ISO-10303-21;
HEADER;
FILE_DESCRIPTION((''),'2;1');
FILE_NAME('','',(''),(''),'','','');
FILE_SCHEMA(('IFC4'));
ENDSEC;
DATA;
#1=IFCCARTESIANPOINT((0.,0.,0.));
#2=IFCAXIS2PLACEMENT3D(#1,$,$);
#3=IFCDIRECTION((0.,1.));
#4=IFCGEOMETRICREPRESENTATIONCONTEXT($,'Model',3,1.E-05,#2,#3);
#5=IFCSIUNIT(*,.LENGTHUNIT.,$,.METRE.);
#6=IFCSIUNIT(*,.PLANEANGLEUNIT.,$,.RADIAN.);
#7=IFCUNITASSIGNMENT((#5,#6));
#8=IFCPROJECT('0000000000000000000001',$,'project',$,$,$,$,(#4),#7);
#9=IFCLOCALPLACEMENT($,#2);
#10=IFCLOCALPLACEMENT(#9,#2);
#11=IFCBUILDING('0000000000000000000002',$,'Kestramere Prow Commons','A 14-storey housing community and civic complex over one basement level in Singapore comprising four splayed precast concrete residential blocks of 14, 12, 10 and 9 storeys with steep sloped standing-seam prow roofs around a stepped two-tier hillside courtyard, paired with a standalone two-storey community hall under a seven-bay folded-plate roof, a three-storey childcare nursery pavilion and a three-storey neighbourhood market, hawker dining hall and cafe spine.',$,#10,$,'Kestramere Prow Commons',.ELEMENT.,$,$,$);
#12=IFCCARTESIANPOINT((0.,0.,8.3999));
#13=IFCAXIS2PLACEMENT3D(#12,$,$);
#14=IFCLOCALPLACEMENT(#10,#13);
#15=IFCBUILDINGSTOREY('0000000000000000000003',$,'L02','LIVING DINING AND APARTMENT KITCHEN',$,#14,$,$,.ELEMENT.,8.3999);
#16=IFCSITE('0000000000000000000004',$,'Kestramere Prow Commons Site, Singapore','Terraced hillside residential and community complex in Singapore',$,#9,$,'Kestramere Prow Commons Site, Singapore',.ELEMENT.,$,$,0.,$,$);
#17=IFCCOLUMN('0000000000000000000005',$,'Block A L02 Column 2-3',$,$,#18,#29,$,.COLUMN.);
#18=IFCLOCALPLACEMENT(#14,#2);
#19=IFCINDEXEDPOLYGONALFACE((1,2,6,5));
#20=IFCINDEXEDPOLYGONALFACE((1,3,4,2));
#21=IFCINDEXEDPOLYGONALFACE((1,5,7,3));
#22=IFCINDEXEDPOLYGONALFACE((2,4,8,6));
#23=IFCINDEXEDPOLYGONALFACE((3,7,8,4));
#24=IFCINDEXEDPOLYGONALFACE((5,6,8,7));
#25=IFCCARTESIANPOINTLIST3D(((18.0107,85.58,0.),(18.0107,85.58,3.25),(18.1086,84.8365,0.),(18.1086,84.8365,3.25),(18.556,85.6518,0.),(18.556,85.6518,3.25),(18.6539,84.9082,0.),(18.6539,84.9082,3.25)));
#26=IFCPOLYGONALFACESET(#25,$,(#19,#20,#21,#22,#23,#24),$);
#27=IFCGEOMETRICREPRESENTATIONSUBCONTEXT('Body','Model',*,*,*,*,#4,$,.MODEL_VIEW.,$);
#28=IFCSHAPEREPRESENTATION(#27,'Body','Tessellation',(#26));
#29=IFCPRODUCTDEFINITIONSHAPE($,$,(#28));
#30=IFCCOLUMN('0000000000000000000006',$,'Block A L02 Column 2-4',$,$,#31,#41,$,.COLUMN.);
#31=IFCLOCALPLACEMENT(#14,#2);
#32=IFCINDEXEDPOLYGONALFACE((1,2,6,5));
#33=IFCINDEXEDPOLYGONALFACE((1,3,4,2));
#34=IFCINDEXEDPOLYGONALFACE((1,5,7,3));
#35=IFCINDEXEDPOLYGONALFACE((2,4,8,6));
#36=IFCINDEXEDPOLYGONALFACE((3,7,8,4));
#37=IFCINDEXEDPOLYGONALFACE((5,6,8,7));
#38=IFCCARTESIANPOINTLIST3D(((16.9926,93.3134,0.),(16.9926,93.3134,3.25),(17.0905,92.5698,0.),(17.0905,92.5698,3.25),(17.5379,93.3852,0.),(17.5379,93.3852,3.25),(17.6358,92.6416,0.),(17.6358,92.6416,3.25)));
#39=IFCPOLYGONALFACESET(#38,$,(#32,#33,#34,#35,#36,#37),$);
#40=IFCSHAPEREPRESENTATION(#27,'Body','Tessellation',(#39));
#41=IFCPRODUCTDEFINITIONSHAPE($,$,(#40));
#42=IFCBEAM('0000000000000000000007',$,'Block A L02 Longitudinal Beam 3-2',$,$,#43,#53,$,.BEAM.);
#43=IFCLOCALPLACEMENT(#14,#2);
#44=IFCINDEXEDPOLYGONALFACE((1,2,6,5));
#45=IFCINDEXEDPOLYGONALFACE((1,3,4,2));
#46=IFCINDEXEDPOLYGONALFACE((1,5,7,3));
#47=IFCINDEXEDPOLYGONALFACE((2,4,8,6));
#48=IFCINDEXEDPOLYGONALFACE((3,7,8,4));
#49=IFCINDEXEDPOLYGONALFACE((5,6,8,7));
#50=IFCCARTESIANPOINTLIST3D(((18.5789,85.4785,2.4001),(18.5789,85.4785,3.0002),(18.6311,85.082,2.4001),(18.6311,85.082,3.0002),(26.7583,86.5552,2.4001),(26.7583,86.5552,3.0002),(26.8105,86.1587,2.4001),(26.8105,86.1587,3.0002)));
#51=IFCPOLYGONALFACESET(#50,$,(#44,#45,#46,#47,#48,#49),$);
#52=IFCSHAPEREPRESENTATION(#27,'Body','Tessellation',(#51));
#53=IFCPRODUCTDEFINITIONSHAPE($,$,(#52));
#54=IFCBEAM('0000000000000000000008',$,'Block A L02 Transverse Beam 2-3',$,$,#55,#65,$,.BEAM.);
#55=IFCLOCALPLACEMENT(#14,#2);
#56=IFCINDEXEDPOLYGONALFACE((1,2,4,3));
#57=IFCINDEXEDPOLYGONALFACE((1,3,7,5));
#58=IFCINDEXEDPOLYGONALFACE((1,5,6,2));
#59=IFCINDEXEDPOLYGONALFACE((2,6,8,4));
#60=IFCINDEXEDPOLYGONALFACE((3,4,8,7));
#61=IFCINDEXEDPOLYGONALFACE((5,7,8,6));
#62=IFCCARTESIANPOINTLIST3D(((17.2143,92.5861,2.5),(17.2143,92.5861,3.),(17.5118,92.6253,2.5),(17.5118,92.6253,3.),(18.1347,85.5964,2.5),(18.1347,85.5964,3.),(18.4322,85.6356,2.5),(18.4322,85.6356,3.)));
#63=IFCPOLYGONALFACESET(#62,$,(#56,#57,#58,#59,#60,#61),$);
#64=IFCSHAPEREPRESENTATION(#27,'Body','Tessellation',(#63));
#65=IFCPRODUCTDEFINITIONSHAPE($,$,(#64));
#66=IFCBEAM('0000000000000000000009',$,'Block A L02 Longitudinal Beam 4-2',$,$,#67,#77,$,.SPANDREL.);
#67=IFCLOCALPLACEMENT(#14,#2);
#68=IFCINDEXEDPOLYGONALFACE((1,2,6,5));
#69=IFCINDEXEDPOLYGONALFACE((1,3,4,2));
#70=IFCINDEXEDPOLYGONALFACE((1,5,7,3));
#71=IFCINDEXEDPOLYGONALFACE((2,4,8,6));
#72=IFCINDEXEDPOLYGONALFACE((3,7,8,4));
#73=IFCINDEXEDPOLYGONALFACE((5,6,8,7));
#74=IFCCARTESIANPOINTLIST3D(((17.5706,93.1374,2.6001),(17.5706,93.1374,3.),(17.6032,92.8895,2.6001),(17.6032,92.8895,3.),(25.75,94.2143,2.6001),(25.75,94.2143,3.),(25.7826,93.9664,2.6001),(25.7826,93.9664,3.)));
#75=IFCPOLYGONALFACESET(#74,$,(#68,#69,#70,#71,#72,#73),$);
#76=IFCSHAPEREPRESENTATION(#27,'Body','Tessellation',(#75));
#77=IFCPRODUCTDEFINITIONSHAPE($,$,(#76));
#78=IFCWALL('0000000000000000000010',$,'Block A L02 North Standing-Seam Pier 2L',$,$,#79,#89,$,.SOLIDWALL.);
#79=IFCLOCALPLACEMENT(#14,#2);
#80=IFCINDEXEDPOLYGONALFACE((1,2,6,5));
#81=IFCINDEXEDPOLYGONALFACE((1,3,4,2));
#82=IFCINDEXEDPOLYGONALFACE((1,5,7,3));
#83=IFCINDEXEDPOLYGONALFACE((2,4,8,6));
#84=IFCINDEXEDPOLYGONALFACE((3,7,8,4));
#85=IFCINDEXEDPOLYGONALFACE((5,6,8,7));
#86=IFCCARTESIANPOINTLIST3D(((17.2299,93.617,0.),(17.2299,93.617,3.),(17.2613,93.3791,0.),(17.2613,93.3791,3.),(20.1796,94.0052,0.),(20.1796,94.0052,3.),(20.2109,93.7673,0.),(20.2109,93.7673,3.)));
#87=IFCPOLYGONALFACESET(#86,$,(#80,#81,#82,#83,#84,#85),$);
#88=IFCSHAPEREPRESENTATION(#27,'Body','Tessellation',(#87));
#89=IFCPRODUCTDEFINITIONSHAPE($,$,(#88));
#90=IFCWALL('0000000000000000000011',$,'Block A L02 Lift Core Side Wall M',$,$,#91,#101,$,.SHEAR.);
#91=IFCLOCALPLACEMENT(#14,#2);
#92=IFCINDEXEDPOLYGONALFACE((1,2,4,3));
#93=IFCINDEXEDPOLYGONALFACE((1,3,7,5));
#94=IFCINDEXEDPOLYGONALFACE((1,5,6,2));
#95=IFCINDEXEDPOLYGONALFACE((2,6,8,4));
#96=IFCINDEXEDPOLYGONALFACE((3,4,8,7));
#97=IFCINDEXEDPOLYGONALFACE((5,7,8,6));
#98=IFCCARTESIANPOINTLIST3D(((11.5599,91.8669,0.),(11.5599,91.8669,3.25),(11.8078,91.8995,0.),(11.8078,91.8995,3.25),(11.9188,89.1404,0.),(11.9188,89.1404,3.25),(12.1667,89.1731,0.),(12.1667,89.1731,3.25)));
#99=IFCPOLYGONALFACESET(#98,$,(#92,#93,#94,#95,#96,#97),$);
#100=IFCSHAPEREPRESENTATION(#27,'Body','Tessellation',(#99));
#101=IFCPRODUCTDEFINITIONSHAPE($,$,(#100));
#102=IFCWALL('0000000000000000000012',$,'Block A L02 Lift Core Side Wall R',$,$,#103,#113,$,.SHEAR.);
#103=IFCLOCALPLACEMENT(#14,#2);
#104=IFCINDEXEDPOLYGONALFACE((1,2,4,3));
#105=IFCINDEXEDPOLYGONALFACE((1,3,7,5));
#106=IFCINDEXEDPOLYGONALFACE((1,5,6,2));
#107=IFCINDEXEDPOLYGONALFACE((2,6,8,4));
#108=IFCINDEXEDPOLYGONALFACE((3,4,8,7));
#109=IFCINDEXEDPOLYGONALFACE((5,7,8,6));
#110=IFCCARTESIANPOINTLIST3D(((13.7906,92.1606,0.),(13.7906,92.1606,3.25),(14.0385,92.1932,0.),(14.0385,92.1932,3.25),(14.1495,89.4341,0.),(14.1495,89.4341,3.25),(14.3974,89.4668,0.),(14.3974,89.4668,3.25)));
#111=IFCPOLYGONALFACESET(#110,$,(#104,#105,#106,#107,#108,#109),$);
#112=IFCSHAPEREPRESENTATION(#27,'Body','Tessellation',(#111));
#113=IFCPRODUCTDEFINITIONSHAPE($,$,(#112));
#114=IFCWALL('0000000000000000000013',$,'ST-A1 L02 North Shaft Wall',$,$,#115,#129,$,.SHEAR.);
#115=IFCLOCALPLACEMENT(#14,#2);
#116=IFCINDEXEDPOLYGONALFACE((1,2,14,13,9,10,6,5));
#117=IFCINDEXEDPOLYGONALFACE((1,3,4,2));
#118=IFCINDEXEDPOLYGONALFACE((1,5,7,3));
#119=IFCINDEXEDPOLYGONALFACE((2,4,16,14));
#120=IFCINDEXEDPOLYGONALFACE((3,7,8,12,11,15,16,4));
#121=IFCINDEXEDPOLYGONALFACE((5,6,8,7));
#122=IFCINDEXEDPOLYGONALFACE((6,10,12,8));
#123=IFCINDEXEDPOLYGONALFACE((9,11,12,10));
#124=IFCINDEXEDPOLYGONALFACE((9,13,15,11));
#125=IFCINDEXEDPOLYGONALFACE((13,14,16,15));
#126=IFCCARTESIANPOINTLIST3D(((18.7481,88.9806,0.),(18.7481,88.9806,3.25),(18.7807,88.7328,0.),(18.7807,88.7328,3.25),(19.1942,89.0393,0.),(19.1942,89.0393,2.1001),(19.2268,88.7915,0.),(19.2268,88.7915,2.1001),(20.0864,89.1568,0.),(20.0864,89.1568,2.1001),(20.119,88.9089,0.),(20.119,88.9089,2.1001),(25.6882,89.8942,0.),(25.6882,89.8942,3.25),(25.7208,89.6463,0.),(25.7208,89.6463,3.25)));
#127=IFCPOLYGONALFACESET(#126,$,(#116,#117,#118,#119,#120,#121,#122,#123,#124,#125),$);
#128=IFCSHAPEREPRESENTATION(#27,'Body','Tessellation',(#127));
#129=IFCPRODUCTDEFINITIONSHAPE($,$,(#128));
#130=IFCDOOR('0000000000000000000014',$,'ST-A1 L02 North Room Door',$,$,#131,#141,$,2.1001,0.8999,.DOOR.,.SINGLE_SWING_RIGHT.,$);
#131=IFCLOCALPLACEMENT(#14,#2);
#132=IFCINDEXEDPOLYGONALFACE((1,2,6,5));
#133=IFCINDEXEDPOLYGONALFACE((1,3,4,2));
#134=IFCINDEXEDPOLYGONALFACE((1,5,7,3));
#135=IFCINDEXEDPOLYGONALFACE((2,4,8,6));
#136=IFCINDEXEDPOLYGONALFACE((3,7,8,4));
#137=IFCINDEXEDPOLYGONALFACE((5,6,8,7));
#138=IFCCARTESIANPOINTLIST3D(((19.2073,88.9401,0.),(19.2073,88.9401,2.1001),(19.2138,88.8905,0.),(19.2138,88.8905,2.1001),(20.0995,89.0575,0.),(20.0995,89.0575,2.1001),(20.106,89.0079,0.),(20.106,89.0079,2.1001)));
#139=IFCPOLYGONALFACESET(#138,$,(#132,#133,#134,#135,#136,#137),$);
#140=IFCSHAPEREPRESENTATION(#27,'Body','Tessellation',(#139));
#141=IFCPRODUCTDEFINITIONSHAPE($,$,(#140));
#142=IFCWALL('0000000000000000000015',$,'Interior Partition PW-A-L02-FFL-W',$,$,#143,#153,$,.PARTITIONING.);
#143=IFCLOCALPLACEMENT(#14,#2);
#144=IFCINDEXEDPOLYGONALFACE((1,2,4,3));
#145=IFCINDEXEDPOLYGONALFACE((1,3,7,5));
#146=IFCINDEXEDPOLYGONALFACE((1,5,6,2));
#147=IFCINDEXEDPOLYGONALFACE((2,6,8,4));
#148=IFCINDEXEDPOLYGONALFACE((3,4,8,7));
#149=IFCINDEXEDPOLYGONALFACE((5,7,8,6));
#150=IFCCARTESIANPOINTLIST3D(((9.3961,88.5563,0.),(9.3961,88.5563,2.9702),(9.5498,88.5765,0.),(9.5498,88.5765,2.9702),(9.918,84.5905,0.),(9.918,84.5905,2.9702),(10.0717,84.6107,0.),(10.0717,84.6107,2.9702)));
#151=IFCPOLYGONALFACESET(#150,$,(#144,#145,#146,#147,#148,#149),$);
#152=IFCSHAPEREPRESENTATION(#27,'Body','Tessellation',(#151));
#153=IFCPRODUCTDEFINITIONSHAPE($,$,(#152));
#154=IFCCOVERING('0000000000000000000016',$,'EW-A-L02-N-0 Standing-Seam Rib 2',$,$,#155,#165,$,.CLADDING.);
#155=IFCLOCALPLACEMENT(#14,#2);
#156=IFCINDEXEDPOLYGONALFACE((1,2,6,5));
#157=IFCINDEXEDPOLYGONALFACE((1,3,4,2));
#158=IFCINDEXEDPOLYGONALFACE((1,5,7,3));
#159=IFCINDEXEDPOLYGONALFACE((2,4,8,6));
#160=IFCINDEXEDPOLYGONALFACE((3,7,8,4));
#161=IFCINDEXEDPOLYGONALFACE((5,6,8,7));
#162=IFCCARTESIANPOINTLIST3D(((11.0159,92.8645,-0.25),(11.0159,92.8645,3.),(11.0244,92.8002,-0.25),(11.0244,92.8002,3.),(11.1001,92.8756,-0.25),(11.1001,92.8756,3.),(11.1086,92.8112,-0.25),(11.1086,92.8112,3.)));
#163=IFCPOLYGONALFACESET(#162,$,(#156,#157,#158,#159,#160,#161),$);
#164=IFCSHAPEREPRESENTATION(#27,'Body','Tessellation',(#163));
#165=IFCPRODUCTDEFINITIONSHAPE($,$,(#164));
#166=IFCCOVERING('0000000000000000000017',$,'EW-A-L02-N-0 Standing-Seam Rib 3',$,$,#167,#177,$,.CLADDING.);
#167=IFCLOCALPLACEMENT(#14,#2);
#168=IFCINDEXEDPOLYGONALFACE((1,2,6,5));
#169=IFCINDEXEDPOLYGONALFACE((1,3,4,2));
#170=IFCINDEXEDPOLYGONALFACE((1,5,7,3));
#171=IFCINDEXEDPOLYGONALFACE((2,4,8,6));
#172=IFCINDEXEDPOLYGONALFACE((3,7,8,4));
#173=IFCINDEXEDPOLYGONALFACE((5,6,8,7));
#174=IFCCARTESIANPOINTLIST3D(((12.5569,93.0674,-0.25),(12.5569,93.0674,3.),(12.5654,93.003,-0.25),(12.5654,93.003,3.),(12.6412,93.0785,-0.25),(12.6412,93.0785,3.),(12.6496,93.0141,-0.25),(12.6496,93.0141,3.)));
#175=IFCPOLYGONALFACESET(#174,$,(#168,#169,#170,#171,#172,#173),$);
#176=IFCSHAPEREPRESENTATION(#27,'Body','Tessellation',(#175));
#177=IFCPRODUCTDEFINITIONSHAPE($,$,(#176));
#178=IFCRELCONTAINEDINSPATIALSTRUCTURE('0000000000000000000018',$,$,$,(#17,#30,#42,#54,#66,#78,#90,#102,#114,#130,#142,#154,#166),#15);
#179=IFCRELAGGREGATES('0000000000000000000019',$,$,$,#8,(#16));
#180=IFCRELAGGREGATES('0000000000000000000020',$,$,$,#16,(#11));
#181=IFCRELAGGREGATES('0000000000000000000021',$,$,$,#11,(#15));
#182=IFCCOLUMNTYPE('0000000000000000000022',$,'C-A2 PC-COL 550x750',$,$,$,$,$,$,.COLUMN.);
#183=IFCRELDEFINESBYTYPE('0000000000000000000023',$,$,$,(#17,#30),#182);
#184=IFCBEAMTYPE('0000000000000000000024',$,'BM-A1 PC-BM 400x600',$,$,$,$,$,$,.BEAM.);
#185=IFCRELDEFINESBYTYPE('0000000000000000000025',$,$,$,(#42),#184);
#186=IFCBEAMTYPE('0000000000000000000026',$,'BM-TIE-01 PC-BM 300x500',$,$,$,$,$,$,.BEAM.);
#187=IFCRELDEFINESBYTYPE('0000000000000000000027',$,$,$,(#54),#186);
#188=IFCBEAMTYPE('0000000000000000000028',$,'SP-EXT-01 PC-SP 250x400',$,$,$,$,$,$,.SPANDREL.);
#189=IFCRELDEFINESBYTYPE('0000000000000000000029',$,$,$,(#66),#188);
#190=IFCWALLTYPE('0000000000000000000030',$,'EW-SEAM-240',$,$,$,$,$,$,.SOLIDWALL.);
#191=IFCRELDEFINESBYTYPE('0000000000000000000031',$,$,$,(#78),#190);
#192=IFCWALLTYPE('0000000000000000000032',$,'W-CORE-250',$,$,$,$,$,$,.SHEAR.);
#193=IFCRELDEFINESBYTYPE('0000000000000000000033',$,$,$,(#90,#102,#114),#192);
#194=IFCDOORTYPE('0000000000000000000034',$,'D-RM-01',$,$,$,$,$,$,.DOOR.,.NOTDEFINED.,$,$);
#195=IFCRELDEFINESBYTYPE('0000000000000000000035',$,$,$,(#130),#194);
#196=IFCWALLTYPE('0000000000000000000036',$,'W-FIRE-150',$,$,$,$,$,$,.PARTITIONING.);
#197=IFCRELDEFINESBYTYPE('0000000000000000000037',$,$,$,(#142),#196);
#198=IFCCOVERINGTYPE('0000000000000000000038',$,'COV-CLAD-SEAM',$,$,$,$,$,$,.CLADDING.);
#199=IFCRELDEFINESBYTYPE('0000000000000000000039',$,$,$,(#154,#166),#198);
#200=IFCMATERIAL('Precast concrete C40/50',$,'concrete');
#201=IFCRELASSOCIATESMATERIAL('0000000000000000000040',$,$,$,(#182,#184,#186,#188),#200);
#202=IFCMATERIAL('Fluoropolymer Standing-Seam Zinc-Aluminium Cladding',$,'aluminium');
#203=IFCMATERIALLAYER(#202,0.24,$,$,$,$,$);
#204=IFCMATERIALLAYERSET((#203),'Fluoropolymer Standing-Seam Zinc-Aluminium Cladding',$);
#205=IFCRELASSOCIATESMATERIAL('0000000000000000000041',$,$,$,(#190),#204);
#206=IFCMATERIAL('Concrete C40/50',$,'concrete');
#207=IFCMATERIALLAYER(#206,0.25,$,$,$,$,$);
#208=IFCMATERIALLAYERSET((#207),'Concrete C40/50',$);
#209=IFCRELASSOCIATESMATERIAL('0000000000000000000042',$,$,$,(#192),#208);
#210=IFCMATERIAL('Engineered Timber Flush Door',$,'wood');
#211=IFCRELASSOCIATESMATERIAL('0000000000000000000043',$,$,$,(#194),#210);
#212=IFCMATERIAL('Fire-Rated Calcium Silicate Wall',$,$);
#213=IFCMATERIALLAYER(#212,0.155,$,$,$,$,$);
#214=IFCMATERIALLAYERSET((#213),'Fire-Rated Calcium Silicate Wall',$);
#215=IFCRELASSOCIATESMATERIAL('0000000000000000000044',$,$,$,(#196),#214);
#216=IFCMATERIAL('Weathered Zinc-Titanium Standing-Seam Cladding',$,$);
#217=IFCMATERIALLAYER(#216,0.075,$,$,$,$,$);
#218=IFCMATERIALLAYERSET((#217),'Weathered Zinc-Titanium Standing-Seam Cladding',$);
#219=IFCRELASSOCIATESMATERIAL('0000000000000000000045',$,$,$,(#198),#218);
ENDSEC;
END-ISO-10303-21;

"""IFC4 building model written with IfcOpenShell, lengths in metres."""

from ifc_helpers import new_model, si_unit, direction, frame, frame_2d, origin, origin_2d, place, context, subcontext, project, spatial, rectangle, extrude, material, layer, layer_set, material_profile, profile_set, type_object, element, fill, save


model = new_model("IFC4")

# Units and contexts
model_context = context("Model", 3, precision=1e-05, world=origin(), true_north=direction((0.0, 1.0)))
body_context = subcontext(model_context, "Body", "Model", "MODEL_VIEW")
ifc_project = project(units=[si_unit("LENGTHUNIT", "METRE"), si_unit("PLANEANGLEUNIT", "RADIAN")], contexts=[model_context])

# Site, building, storey
site_placement = place(None, origin())
site = spatial("IfcSite", under=ifc_project, at=site_placement, Name="Kestramere Prow Commons Site, Singapore", Description="Terraced hillside residential and community complex in Singapore", LongName="Kestramere Prow Commons Site, Singapore", CompositionType="ELEMENT", RefElevation=0.0)
building_placement = place(site_placement, origin())
building = spatial("IfcBuilding", under=site, at=building_placement, Name="Kestramere Prow Commons", Description="A 14-storey housing community and civic complex over one basement level in Singapore comprising four splayed precast concrete residential blocks of 14, 12, 10 and 9 storeys with steep sloped standing-seam prow roofs around a stepped two-tier hillside courtyard, paired with a standalone two-storey community hall under a seven-bay folded-plate roof, a three-storey childcare nursery pavilion and a three-storey neighbourhood market, hawker dining hall and cafe spine.", LongName="Kestramere Prow Commons", CompositionType="ELEMENT")
storey_placement = place(building_placement, frame((0.0, 0.0, 8.3999)))
storey = spatial("IfcBuildingStorey", under=building, at=storey_placement, Name="L02", Description="LIVING DINING AND APARTMENT KITCHEN", CompositionType="ELEMENT", Elevation=8.3999)

# Columns
ifc_material_1 = material(Name="Precast concrete C40/50", Category="concrete")
ifc_material_profile_1 = material_profile(ifc_material_1, rectangle(XDim=0.55, YDim=0.75, at=origin_2d()), Name="PC-COL 550x750")
ifc_profile_set_1 = profile_set([ifc_material_profile_1], Name="Precast concrete C40/50")
column_type = type_object("IfcColumnType", Name="C-A2 PC-COL 550x750", PredefinedType="COLUMN", material=ifc_profile_set_1)
for number, where, z_axis, x_axis, name in (
    (1, (18.3323, 85.2441, 0.0), (0.0, 0.0, 1.0), (0.991445, 0.130526, 0.0), "Block A L02 Column 2-3"),
    (2, (17.3142, 92.9775, 0.0), (0.0, 0.0, 1.0), (0.991445, 0.130526, 0.0), "Block A L02 Column 2-4"),
):
    element("IfcColumn", number, at=place(storey_placement, frame(where, z_axis=z_axis, x_axis=x_axis)), inside=storey, type_object=column_type, Name=name, PredefinedType="COLUMN", context=body_context, shape_type="SweptSolid", body=[
        extrude(rectangle(XDim=0.55, YDim=0.75, at=origin_2d()), origin(), (0.0, 0.0, 1.0), 3.25),
    ])

# Beams
ifc_material_profile_2 = material_profile(ifc_material_1, rectangle(XDim=0.3999, YDim=0.6001, at=origin_2d()), Name="PC-BM 400x600")
ifc_profile_set_2 = profile_set([ifc_material_profile_2], Name="Precast concrete C40/50")
beam_type_1 = type_object("IfcBeamType", Name="BM-A1 PC-BM 400x600", PredefinedType="BEAM", material=ifc_profile_set_2)
beam_1_placement = place(storey_placement, frame((18.605, 85.2803, 2.7002), z_axis=(0.991448, 0.130504, 0.0), x_axis=(-0.130504, 0.991448, 0.0)))
element("IfcBeam", 3, at=beam_1_placement, inside=storey, type_object=beam_type_1, Name="Block A L02 Longitudinal Beam 3-2", PredefinedType="BEAM", context=body_context, shape_type="SweptSolid", body=[
    extrude(rectangle(XDim=0.3999, YDim=0.6001, at=origin_2d()), origin(), (0.0, 0.0, 1.0), 8.25),
])
ifc_material_profile_3 = material_profile(ifc_material_1, rectangle(XDim=0.3, YDim=0.5, at=origin_2d()), Name="PC-BM 300x500")
ifc_profile_set_3 = profile_set([ifc_material_profile_3], Name="Precast concrete C40/50")
beam_type_2 = type_object("IfcBeamType", Name="BM-TIE-01 PC-BM 300x500", PredefinedType="BEAM", material=ifc_profile_set_3)
beam_2_placement = place(storey_placement, frame((18.2834, 85.616, 2.75), z_axis=(-0.130553, 0.991441, 0.0), x_axis=(-0.991441, -0.130553, 0.0)))
element("IfcBeam", 4, at=beam_2_placement, inside=storey, type_object=beam_type_2, Name="Block A L02 Transverse Beam 2-3", PredefinedType="BEAM", context=body_context, shape_type="SweptSolid", body=[
    extrude(rectangle(XDim=0.3, YDim=0.5, at=origin_2d()), origin(), (0.0, 0.0, 1.0), 7.05),
])
ifc_material_profile_4 = material_profile(ifc_material_1, rectangle(XDim=0.25, YDim=0.3999, at=origin_2d()), Name="PC-SP 250x400")
ifc_profile_set_4 = profile_set([ifc_material_profile_4], Name="Precast concrete C40/50")
beam_type_3 = type_object("IfcBeamType", Name="SP-EXT-01 PC-SP 250x400", PredefinedType="SPANDREL", material=ifc_profile_set_4)
beam_3_placement = place(storey_placement, frame((17.5869, 93.0134, 2.8), z_axis=(0.991444, 0.130533, 0.0), x_axis=(-0.130533, 0.991444, 0.0)))
element("IfcBeam", 5, at=beam_3_placement, inside=storey, type_object=beam_type_3, Name="Block A L02 Longitudinal Beam 4-2", PredefinedType="SPANDREL", context=body_context, shape_type="SweptSolid", body=[
    extrude(rectangle(XDim=0.25, YDim=0.3999, at=origin_2d()), origin(), (0.0, 0.0, 1.0), 8.25),
])

# Wall
ifc_material_2 = material(Name="Fluoropolymer Standing-Seam Zinc-Aluminium Cladding", Category="aluminium")
ifc_layer_1 = layer(ifc_material_2, 0.24)
ifc_layer_set_1 = layer_set([ifc_layer_1], Name="Fluoropolymer Standing-Seam Zinc-Aluminium Cladding")
wall_type_1 = type_object("IfcWallType", Name="EW-SEAM-240", PredefinedType="SOLIDWALL", material=ifc_layer_set_1)
wall_1_placement = place(storey_placement, frame((17.2456, 93.498, 0.0), z_axis=(0.0, 0.0, 1.0), x_axis=(0.991452, 0.130476, 0.0)))
element("IfcWall", 6, at=wall_1_placement, inside=storey, type_object=wall_type_1, Name="Block A L02 North Standing-Seam Pier 2L", PredefinedType="SOLIDWALL", context=body_context, shape_type="SweptSolid", body=[
    extrude(rectangle(XDim=2.9751, YDim=0.24, at=frame_2d((1.4875, 0.0))), origin(), (0.0, 0.0, 1.0), 3.0),
])

# Shared definitions
ifc_material_3 = material(Name="Concrete C40/50", Category="concrete")
ifc_layer_2 = layer(ifc_material_3, 0.25)
ifc_layer_set_2 = layer_set([ifc_layer_2], Name="Concrete C40/50")
wall_type_2 = type_object("IfcWallType", Name="W-CORE-250", PredefinedType="SHEAR", material=ifc_layer_set_2)

# Walls
for number, where, z_axis, x_axis, name in (
    (7, (12.0427, 89.1567, 0.0), (0.0, 0.0, 1.0), (-0.1305, 0.991448, 0.0), "Block A L02 Lift Core Side Wall M"),
    (8, (14.2734, 89.4504, 0.0), (0.0, 0.0, 1.0), (-0.1305, 0.991448, 0.0), "Block A L02 Lift Core Side Wall R"),
):
    element("IfcWall", number, at=place(storey_placement, frame(where, z_axis=z_axis, x_axis=x_axis)), inside=storey, type_object=wall_type_2, Name=name, PredefinedType="SHEAR", context=body_context, shape_type="SweptSolid", body=[
        extrude(rectangle(XDim=2.75, YDim=0.25, at=frame_2d((1.375, 0.0))), origin(), (0.0, 0.0, 1.0), 3.25),
    ])

# Wall, opening, door
wall_2_placement = place(storey_placement, frame((18.7644, 88.8567, 0.0), z_axis=(0.0, 0.0, 1.0), x_axis=(0.991447, 0.13051, 0.0)))
wall_2 = element("IfcWall", 9, at=wall_2_placement, inside=storey, type_object=wall_type_2, Name="ST-A1 L02 North Shaft Wall", PredefinedType="SHEAR", context=body_context, shape_type="SweptSolid", body=[
    extrude(rectangle(XDim=7.0, YDim=0.25, at=frame_2d((3.5, 0.0))), origin(), (0.0, 0.0, 1.0), 3.25),
])
opening_1_placement = place(wall_2_placement, frame((0.45, 0.0, 0.0)))
opening_1 = element("IfcOpeningElement", 10, at=opening_1_placement, cuts=wall_2, PredefinedType="OPENING", context=body_context, shape_type="SweptSolid", body=[
    extrude(rectangle(XDim=0.8999, YDim=2.1001, at=frame_2d((0.45, 1.05))), frame((0.0, 0.1399, 0.0), z_axis=(0.0, -1.0, 0.0), x_axis=(1.0, 0.0, 0.0)), (0.0, 0.0, 1.0), 0.28),
])
ifc_material_4 = material(Name="Engineered Timber Flush Door", Category="wood")
door_type_1 = type_object("IfcDoorType", Name="D-RM-01", OperationType="NOTDEFINED", PredefinedType="DOOR", material=ifc_material_4)
door_1_placement = place(opening_1_placement, origin())
door_1 = element("IfcDoor", 11, at=door_1_placement, inside=storey, type_object=door_type_1, Name="ST-A1 L02 North Room Door", OperationType="SINGLE_SWING_RIGHT", OverallHeight=2.1001, OverallWidth=0.8999, PredefinedType="DOOR", context=body_context, shape_type="SweptSolid", body=[
    extrude(rectangle(XDim=0.8999, YDim=2.1001, at=frame_2d((0.45, 1.05))), frame((0.0, 0.0249, 0.0), z_axis=(0.0, -1.0, 0.0), x_axis=(1.0, 0.0, 0.0)), (0.0, 0.0, 1.0), 0.05),
])
fill(opening_1, door_1)

# Wall
ifc_material_5 = material(Name="Fire-Rated Calcium Silicate Wall")
ifc_layer_3 = layer(ifc_material_5, 0.155)
ifc_layer_set_3 = layer_set([ifc_layer_3], Name="Fire-Rated Calcium Silicate Wall")
wall_type_3 = type_object("IfcWallType", Name="W-FIRE-150", PredefinedType="PARTITIONING", material=ifc_layer_set_3)
wall_3_placement = place(storey_placement, frame((9.9949, 84.6006, 0.0), z_axis=(0.0, 0.0, 1.0), x_axis=(-0.130492, 0.991449, 0.0)))
element("IfcWall", 12, at=wall_3_placement, inside=storey, type_object=wall_type_3, Name="Interior Partition PW-A-L02-FFL-W", PredefinedType="PARTITIONING", context=body_context, shape_type="SweptSolid", body=[
    extrude(rectangle(XDim=4.0, YDim=0.155, at=frame_2d((2.0, 0.0))), origin(), (0.0, 0.0, 1.0), 2.9702),
])

# Coverings
ifc_material_6 = material(Name="Weathered Zinc-Titanium Standing-Seam Cladding")
ifc_layer_4 = layer(ifc_material_6, 0.075)
ifc_layer_set_4 = layer_set([ifc_layer_4], Name="Weathered Zinc-Titanium Standing-Seam Cladding")
covering_type = type_object("IfcCoveringType", Name="COV-CLAD-SEAM", PredefinedType="CLADDING", material=ifc_layer_set_4)
for number, where, z_axis, x_axis, name in (
    (13, (11.0623, 92.8379, -0.25), (0.0, 0.0, 1.0), (0.991445, 0.130526, 0.0), "EW-A-L02-N-0 Standing-Seam Rib 2"),
    (14, (12.6033, 93.0408, -0.25), (0.0, 0.0, 1.0), (0.991445, 0.130526, 0.0), "EW-A-L02-N-0 Standing-Seam Rib 3"),
):
    element("IfcCovering", number, at=place(storey_placement, frame(where, z_axis=z_axis, x_axis=x_axis)), inside=storey, type_object=covering_type, Name=name, PredefinedType="CLADDING", context=body_context, shape_type="SweptSolid", body=[
        extrude(rectangle(XDim=0.085, YDim=0.0649, at=origin_2d()), origin(), (0.0, 0.0, 1.0), 3.25),
    ])

save(model, "model.ifc")
